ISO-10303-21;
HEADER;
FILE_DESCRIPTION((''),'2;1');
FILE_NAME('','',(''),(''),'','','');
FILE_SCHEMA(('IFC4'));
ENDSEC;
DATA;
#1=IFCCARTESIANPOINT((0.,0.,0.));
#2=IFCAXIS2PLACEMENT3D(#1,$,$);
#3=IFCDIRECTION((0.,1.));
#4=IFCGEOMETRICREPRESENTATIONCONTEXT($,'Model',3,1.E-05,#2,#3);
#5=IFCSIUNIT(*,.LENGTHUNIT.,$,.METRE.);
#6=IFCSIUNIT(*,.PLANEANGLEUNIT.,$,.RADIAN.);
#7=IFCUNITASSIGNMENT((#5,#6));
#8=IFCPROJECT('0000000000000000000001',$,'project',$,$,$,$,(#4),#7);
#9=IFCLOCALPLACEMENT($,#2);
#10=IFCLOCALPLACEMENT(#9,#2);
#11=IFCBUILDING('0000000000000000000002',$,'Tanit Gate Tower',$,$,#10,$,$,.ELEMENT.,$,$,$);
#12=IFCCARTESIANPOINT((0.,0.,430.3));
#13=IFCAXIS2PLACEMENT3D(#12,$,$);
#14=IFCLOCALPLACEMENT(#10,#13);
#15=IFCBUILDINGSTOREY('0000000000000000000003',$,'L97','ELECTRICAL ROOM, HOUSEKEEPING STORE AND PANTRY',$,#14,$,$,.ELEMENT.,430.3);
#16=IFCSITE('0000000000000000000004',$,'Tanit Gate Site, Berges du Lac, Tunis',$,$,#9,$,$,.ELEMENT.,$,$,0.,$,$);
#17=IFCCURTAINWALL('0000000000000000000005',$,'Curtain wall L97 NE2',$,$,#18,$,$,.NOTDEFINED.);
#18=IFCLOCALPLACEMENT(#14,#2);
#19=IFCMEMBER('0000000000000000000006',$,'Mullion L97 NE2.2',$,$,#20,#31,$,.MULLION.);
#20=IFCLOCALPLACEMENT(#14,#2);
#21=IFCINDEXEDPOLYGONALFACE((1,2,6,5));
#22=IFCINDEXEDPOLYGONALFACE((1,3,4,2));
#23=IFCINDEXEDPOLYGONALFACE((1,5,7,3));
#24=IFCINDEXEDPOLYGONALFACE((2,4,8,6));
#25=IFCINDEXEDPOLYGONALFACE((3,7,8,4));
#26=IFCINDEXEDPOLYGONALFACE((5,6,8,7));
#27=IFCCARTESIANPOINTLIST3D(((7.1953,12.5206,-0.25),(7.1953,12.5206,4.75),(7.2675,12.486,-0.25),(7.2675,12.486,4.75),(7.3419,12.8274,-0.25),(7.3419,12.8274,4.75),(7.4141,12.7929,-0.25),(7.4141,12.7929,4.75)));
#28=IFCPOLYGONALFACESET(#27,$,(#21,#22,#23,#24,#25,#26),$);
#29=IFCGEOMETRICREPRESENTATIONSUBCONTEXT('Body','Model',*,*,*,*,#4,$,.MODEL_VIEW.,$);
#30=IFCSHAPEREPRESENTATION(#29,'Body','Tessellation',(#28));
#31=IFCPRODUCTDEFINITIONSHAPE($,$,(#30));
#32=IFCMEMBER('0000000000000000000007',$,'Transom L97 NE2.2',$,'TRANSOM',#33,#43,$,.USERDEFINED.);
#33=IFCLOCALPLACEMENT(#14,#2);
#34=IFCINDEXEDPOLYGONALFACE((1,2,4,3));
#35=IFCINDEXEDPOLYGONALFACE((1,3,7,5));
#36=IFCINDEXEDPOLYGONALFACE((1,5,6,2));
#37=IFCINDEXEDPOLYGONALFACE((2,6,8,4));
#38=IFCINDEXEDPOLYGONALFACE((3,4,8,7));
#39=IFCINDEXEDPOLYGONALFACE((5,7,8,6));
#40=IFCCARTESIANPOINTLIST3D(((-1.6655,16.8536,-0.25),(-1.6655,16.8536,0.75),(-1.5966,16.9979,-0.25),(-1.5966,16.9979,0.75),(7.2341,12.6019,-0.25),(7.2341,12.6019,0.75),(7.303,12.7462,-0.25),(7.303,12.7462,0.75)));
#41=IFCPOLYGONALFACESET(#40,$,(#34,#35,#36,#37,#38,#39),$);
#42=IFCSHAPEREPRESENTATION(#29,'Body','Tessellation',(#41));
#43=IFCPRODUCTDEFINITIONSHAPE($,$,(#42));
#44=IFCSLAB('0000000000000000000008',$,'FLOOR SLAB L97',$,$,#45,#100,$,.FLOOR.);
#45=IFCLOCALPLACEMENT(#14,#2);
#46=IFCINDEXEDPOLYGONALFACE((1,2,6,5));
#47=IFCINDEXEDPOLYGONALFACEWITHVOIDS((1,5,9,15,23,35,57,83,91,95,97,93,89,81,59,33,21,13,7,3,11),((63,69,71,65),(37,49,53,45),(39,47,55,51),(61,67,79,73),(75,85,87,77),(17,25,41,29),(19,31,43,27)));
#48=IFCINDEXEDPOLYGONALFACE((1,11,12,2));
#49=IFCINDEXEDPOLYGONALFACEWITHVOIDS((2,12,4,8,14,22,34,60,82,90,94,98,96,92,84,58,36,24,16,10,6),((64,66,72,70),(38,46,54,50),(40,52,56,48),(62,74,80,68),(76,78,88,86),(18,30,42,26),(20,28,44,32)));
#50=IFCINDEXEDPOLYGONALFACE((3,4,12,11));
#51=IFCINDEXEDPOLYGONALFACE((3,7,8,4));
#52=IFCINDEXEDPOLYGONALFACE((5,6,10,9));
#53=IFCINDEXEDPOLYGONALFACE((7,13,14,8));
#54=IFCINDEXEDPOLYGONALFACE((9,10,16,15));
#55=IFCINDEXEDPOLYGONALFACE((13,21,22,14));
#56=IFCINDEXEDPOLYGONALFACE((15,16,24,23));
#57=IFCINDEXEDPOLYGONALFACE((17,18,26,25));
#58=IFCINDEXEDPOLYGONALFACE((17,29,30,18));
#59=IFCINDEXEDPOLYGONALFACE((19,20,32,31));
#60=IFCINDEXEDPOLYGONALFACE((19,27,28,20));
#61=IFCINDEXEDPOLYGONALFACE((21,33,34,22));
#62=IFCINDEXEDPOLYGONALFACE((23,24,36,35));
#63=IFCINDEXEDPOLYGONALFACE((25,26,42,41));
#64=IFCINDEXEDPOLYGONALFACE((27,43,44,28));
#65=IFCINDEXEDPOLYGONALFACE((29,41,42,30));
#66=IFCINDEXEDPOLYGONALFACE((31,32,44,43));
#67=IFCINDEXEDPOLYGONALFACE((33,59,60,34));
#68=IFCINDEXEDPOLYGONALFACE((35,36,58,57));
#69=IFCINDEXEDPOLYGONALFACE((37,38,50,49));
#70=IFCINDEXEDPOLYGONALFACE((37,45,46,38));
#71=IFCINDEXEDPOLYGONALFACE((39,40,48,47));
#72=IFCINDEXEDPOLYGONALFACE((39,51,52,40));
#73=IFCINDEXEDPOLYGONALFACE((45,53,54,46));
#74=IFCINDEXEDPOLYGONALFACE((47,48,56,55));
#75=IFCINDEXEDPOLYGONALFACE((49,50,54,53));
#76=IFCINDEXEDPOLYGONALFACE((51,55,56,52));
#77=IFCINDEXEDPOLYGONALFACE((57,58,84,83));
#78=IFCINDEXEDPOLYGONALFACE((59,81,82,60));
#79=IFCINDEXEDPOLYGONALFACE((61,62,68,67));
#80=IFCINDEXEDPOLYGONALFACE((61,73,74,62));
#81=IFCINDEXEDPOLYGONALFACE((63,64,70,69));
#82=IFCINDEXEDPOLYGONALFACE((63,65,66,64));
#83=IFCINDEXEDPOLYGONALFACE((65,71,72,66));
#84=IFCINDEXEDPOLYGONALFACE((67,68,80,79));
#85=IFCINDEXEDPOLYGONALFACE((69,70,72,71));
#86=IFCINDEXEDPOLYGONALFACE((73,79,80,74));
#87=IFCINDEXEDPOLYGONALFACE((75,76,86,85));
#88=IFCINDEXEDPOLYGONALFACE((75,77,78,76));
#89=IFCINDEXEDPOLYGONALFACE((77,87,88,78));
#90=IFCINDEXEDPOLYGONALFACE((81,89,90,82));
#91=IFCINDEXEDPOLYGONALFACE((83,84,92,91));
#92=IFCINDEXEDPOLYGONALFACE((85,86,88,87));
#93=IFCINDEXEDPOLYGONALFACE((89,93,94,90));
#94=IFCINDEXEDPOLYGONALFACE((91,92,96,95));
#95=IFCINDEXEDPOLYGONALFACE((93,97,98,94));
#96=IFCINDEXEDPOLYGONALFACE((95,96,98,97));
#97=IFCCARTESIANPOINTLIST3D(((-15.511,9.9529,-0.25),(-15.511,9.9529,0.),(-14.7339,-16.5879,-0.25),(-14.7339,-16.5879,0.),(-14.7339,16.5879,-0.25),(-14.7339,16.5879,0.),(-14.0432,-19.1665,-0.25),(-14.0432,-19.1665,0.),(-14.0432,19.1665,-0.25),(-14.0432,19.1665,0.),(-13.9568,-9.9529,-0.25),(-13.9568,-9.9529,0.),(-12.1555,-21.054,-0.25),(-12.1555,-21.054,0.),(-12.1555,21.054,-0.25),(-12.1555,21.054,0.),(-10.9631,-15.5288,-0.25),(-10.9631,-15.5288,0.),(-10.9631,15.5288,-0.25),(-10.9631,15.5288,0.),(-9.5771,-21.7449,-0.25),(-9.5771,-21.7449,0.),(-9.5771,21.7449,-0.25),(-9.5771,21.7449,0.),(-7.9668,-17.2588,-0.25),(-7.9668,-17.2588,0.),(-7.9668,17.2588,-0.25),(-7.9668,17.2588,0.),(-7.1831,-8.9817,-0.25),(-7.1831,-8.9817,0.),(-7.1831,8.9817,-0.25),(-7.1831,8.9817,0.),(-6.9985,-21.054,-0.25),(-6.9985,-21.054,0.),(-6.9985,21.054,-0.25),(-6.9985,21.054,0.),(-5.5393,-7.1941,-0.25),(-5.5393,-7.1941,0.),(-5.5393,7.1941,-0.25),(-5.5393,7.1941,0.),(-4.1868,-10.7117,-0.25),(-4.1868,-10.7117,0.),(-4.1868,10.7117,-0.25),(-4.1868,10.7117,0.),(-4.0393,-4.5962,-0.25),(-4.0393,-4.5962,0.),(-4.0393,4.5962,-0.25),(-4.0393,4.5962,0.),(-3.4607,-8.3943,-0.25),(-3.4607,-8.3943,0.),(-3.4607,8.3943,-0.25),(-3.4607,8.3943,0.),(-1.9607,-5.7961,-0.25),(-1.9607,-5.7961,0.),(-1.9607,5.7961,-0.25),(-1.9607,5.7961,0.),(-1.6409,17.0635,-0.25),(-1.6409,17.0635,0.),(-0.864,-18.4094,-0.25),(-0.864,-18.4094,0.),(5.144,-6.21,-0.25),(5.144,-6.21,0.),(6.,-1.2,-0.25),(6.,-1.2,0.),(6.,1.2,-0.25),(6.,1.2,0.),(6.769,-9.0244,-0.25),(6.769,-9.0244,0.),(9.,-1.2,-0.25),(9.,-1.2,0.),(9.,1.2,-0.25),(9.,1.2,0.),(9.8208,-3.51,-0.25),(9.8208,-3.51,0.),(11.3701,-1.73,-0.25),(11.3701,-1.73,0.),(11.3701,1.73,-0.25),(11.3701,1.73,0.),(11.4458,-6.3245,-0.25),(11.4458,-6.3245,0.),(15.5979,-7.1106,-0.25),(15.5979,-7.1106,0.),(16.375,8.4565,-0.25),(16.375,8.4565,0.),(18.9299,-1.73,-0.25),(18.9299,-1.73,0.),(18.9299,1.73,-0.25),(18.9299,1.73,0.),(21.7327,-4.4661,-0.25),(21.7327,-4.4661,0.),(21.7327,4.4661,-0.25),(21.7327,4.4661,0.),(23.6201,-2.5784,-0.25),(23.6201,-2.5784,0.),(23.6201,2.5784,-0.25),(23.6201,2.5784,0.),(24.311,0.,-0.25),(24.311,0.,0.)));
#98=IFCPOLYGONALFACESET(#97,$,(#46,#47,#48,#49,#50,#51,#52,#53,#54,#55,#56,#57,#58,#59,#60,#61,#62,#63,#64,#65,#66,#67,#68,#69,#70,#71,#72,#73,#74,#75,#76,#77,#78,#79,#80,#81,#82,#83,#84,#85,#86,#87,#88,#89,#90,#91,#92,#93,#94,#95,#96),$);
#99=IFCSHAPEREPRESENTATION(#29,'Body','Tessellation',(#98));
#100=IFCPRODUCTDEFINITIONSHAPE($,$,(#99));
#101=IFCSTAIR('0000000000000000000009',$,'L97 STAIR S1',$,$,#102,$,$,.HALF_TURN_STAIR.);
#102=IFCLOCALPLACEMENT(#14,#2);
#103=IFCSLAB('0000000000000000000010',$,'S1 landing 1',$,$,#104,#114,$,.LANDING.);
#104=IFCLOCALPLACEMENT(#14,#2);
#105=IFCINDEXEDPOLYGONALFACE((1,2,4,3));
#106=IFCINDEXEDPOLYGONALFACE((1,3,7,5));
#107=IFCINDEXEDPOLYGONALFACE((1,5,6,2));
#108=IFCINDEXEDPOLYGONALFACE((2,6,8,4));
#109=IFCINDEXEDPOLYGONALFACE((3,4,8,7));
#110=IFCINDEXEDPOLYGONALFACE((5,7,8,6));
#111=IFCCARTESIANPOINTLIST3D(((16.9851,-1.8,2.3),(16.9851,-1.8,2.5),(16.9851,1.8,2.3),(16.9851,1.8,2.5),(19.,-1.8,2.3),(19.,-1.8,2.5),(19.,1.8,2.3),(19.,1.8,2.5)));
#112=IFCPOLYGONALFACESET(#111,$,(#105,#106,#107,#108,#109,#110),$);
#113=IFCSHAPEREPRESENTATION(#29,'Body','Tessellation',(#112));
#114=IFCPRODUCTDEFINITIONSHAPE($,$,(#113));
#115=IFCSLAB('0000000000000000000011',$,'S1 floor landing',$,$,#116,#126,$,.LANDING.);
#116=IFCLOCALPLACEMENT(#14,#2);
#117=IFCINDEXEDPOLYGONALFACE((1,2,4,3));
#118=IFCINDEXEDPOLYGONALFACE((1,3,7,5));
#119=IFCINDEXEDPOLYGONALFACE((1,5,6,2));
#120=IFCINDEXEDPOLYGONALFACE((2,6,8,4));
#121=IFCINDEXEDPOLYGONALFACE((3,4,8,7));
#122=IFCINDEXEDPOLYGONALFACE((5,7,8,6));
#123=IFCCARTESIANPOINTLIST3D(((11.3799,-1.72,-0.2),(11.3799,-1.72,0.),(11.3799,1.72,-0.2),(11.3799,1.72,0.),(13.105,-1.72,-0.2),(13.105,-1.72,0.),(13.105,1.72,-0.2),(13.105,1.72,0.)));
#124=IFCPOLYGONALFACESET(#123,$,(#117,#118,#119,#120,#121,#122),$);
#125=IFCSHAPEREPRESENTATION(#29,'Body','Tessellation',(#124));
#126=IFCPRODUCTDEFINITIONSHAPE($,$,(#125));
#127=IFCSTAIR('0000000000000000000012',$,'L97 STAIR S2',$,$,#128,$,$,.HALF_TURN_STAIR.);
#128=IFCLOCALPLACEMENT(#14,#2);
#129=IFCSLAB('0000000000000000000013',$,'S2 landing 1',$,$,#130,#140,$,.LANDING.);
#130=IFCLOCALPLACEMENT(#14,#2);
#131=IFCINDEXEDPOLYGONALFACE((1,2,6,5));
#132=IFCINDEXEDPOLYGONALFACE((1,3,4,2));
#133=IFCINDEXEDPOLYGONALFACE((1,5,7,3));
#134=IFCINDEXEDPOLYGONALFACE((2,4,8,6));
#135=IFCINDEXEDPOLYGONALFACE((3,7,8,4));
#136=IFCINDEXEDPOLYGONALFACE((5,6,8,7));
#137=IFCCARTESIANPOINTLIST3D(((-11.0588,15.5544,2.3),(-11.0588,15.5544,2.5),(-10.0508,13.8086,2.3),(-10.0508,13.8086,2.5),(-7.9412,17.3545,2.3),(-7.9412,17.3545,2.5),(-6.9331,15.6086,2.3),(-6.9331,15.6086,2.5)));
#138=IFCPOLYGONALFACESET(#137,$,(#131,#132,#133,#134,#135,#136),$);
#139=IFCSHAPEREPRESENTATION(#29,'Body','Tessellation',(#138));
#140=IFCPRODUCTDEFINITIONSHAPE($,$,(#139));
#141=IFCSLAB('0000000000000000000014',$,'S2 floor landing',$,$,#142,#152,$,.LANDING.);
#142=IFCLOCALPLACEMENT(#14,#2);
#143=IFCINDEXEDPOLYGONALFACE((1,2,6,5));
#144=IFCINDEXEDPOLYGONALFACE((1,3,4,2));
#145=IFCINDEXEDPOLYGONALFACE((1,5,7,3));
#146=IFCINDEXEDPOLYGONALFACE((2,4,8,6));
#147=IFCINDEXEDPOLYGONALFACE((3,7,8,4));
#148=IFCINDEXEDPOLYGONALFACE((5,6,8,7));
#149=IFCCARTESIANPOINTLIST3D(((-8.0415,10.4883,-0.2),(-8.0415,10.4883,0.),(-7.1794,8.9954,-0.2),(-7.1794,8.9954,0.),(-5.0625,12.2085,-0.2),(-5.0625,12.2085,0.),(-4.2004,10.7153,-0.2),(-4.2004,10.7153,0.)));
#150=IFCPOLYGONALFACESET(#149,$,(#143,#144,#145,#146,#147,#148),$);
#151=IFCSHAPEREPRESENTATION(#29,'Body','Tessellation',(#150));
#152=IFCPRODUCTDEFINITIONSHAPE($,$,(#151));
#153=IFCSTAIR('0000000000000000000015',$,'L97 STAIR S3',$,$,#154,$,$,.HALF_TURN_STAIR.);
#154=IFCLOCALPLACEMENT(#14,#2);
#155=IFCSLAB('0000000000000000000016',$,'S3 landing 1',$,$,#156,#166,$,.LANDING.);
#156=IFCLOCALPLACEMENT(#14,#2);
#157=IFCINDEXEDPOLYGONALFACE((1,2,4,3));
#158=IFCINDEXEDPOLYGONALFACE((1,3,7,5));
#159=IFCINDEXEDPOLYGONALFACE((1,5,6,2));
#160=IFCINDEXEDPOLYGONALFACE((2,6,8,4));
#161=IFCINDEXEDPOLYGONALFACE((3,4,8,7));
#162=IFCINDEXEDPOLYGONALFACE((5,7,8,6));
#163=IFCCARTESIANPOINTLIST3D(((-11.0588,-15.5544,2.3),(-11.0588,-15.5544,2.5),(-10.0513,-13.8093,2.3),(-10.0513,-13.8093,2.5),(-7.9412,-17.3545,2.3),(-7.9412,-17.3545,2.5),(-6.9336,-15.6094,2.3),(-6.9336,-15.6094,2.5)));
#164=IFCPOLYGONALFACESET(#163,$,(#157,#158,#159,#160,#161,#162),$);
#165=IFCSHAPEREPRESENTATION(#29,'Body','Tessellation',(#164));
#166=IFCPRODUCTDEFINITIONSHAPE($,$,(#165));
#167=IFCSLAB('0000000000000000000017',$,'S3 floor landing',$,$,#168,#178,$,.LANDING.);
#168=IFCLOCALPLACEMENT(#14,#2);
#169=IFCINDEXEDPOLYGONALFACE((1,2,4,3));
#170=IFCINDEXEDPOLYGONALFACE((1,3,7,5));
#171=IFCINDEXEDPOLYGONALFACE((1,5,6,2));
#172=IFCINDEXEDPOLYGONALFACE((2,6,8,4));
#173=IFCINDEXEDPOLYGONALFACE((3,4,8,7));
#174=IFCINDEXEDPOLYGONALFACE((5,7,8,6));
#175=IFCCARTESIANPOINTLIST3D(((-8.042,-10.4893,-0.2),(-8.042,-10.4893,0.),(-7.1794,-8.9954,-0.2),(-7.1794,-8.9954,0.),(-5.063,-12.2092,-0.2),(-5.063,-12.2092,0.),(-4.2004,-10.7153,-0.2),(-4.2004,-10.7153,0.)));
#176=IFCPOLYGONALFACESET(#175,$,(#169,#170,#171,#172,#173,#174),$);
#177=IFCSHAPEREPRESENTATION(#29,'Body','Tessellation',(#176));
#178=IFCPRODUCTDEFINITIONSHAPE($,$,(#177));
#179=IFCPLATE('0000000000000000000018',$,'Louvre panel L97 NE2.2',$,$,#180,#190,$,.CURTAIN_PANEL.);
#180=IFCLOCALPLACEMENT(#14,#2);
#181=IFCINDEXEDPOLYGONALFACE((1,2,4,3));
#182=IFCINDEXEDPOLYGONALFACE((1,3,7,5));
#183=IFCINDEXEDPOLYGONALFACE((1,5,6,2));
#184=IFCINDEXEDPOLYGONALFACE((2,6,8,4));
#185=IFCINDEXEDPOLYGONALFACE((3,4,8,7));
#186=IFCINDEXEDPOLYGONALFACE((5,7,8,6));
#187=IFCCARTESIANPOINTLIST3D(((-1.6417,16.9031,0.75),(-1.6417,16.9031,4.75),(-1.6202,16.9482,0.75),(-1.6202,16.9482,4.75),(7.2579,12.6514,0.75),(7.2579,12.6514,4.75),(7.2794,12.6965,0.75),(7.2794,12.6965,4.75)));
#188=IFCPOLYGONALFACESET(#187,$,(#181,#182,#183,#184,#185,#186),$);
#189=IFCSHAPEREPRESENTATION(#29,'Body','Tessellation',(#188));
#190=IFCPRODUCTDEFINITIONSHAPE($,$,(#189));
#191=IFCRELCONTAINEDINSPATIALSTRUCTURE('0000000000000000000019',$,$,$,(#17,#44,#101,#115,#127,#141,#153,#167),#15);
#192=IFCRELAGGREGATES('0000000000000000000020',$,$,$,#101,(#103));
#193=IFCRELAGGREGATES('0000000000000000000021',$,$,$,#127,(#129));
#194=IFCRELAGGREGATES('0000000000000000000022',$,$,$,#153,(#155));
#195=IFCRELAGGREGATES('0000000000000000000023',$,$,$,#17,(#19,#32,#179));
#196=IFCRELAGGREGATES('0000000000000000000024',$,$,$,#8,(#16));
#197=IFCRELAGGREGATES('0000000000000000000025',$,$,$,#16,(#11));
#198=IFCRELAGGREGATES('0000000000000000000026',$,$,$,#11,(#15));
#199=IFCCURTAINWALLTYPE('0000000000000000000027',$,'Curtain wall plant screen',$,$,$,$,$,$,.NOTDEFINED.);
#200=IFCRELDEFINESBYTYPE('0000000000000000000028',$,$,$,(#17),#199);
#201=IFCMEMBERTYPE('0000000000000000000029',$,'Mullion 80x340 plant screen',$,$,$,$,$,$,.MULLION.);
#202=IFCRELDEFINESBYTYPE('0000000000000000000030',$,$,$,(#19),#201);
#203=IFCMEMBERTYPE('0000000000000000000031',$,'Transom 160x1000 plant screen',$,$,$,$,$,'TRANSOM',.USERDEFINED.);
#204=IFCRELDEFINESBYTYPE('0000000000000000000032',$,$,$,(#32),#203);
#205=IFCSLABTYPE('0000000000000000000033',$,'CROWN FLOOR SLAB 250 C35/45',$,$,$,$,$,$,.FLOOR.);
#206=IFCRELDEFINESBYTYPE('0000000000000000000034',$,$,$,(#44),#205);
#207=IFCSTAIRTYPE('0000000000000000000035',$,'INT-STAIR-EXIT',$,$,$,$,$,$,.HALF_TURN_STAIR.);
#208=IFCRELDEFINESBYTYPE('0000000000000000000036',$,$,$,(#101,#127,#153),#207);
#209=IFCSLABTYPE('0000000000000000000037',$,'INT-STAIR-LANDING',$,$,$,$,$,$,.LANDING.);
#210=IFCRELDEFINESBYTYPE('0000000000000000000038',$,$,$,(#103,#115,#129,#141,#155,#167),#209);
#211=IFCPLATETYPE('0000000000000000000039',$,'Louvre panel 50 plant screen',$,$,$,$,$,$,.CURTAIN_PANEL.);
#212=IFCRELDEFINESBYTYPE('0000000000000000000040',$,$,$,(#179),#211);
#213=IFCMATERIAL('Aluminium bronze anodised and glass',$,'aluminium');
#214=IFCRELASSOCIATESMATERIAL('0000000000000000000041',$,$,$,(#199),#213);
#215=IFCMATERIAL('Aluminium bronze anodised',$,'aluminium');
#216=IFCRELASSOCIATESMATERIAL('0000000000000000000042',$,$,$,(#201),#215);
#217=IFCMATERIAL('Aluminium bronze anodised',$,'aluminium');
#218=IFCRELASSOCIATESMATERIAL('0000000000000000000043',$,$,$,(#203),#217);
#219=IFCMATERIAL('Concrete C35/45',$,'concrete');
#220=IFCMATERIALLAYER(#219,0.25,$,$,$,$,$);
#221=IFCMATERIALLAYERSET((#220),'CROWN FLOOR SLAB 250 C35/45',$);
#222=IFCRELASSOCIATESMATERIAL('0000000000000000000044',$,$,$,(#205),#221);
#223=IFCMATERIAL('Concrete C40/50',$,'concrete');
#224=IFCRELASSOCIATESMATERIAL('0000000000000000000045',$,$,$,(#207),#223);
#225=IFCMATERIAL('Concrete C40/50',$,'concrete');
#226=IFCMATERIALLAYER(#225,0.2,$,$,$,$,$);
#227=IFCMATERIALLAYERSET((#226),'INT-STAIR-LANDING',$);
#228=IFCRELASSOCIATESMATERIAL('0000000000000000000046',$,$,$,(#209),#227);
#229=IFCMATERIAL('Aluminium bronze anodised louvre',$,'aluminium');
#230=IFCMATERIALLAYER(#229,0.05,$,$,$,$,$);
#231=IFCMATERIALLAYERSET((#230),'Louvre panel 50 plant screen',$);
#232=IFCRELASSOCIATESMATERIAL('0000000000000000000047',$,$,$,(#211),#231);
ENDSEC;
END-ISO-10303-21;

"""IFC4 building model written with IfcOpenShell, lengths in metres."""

from ifc_helpers import new_model, si_unit, direction, frame, origin, origin_2d, place, context, subcontext, project, spatial, polyline, rectangle, outline, extrude, material, layer, layer_set, material_profile, profile_set, type_object, element, aggregate, save


model = new_model("IFC4")

# Units and contexts
model_context = context("Model", 3, precision=1e-05, world=origin(), true_north=direction((0.0, 1.0)))
body_context = subcontext(model_context, "Body", "Model", "MODEL_VIEW")
ifc_project = project(units=[si_unit("LENGTHUNIT", "METRE"), si_unit("PLANEANGLEUNIT", "RADIAN")], contexts=[model_context])

# Site, building, storey
site_placement = place(None, origin())
site = spatial("IfcSite", under=ifc_project, at=site_placement, Name="Tanit Gate Site, Berges du Lac, Tunis", CompositionType="ELEMENT", RefElevation=0.0)
building_placement = place(site_placement, origin())
building = spatial("IfcBuilding", under=site, at=building_placement, Name="Tanit Gate Tower", CompositionType="ELEMENT")
storey_placement = place(building_placement, frame((0.0, 0.0, 430.3)))
storey = spatial("IfcBuildingStorey", under=building, at=storey_placement, Name="L97", Description="ELECTRICAL ROOM, HOUSEKEEPING STORE AND PANTRY", CompositionType="ELEMENT", Elevation=430.3)

# Curtain wall, members
ifc_material_1 = material(Name="Aluminium bronze anodised and glass", Category="aluminium")
curtain_wall_type = type_object("IfcCurtainWallType", Name="Curtain wall plant screen", PredefinedType="NOTDEFINED", material=ifc_material_1)
curtain_wall_placement = place(storey_placement, origin())
curtain_wall = element("IfcCurtainWall", 1, at=curtain_wall_placement, inside=storey, type_object=curtain_wall_type, Name="Curtain wall L97 NE2", PredefinedType="NOTDEFINED")
ifc_material_2 = material(Name="Aluminium bronze anodised", Category="aluminium")
ifc_material_profile_1 = material_profile(ifc_material_2, rectangle(XDim=0.3401, YDim=0.0801, at=origin_2d()), Name="80x340 bronze mullion")
ifc_profile_set_1 = profile_set([ifc_material_profile_1], Name="Aluminium bronze anodised")
member_type_1 = type_object("IfcMemberType", Name="Mullion 80x340 plant screen", PredefinedType="MULLION", material=ifc_profile_set_1)
member_1_placement = place(storey_placement, frame((7.3047, 12.6567, -0.25), z_axis=(0.0, 0.0, 1.0), x_axis=(-0.431073, -0.902317, 0.0)))
member_1 = element("IfcMember", 2, at=member_1_placement, type_object=member_type_1, Name="Mullion L97 NE2.2", PredefinedType="MULLION", context=body_context, shape_type="SweptSolid", body=[
    extrude(rectangle(XDim=0.3401, YDim=0.0801, at=origin_2d()), origin(), (0.0, 0.0, 1.0), 5.0),
])
ifc_material_3 = material(Name="Aluminium bronze anodised", Category="aluminium")
ifc_material_profile_2 = material_profile(ifc_material_3, rectangle(XDim=0.1599, YDim=1.0, at=origin_2d()), Name="160x1000 bronze transom")
ifc_profile_set_2 = profile_set([ifc_material_profile_2], Name="Aluminium bronze anodised")
member_type_2 = type_object("IfcMemberType", Name="Transom 160x1000 plant screen", ElementType="TRANSOM", PredefinedType="USERDEFINED", material=ifc_profile_set_2)
member_2_placement = place(storey_placement, frame((7.2686, 12.6741, 0.25), z_axis=(-0.902318, 0.431072, 0.0), x_axis=(-0.431072, -0.902318, 0.0)))
member_2 = element("IfcMember", 3, at=member_2_placement, type_object=member_type_2, Name="Transom L97 NE2.2", ObjectType="TRANSOM", PredefinedType="USERDEFINED", context=body_context, shape_type="SweptSolid", body=[
    extrude(rectangle(XDim=0.1599, YDim=1.0, at=origin_2d()), origin(), (0.0, 0.0, 1.0), 9.863),
])

# Slab
ifc_material_4 = material(Name="Concrete C35/45", Category="concrete")
ifc_layer_1 = layer(ifc_material_4, 0.25)
ifc_layer_set_1 = layer_set([ifc_layer_1], Name="CROWN FLOOR SLAB 250 C35/45")
slab_type_1 = type_object("IfcSlabType", Name="CROWN FLOOR SLAB 250 C35/45", PredefinedType="FLOOR", material=ifc_layer_set_1)
slab_1_placement = place(storey_placement, frame((0.0, 0.0, -0.25)))
element("IfcSlab", 4, at=slab_1_placement, inside=storey, type_object=slab_type_1, Name="FLOOR SLAB L97", PredefinedType="FLOOR", context=body_context, shape_type="SweptSolid", body=[
    extrude(outline(polyline([(21.7327, 4.4661), (23.6201, 2.5784), (24.311, 0.0), (23.6201, -2.5784), (21.7327, -4.4661), (15.5979, -7.1106), (-0.864, -18.4094), (-6.9985, -21.054), (-9.5771, -21.7449), (-12.1555, -21.054), (-14.0432, -19.1665), (-14.7339, -16.5879), (-13.9568, -9.9529), (-15.511, 9.9529), (-14.7339, 16.5879), (-14.0432, 19.1665), (-12.1555, 21.054), (-9.5771, 21.7449), (-6.9985, 21.054), (-1.6409, 17.0635), (16.375, 8.4565), (21.7327, 4.4661)]), holes=[polyline([(11.3701, -1.73), (11.3701, 1.73), (18.9299, 1.73), (18.9299, -1.73), (11.3701, -1.73)]), polyline([(9.8208, -3.51), (11.4458, -6.3245), (6.769, -9.0244), (5.144, -6.21), (9.8208, -3.51)]), polyline([(6.0, -1.2), (6.0, 1.2), (9.0, 1.2), (9.0, -1.2), (6.0, -1.2)]), polyline([(-1.9607, 5.7961), (-4.0393, 4.5962), (-5.5393, 7.1941), (-3.4607, 8.3943), (-1.9607, 5.7961)]), polyline([(-4.0393, -4.5962), (-1.9607, -5.7961), (-3.4607, -8.3943), (-5.5393, -7.1941), (-4.0393, -4.5962)]), polyline([(-4.1868, 10.7117), (-7.1831, 8.9817), (-10.9631, 15.5288), (-7.9668, 17.2588), (-4.1868, 10.7117)]), polyline([(-7.1831, -8.9817), (-4.1868, -10.7117), (-7.9668, -17.2588), (-10.9631, -15.5288), (-7.1831, -8.9817)])]), origin(), (0.0, 0.0, 1.0), 0.25),
])

# Stair, slab
ifc_material_5 = material(Name="Concrete C40/50", Category="concrete")
stair_type = type_object("IfcStairType", Name="INT-STAIR-EXIT", PredefinedType="HALF_TURN_STAIR", material=ifc_material_5)
stair_1_placement = place(storey_placement, origin())
stair_1 = element("IfcStair", 5, at=stair_1_placement, inside=storey, type_object=stair_type, Name="L97 STAIR S1", PredefinedType="HALF_TURN_STAIR")
ifc_material_6 = material(Name="Concrete C40/50", Category="concrete")
ifc_layer_2 = layer(ifc_material_6, 0.2)
ifc_layer_set_2 = layer_set([ifc_layer_2], Name="INT-STAIR-LANDING")
slab_type_2 = type_object("IfcSlabType", Name="INT-STAIR-LANDING", PredefinedType="LANDING", material=ifc_layer_set_2)
slab_2_placement = place(storey_placement, frame((0.0, 0.0, 2.3)))
slab_2 = element("IfcSlab", 6, at=slab_2_placement, type_object=slab_type_2, Name="S1 landing 1", PredefinedType="LANDING", context=body_context, shape_type="SweptSolid", body=[
    extrude(outline(polyline([(16.9851, -1.8), (19.0, -1.8), (19.0, 1.8), (16.9851, 1.8), (16.9851, -1.8)])), origin(), (0.0, 0.0, 1.0), 0.2),
])
aggregate(stair_1, [slab_2])

# Slab
slab_3_placement = place(storey_placement, frame((0.0, 0.0, -0.2)))
element("IfcSlab", 7, at=slab_3_placement, inside=storey, type_object=slab_type_2, Name="S1 floor landing", PredefinedType="LANDING", context=body_context, shape_type="SweptSolid", body=[
    extrude(outline(polyline([(11.3799, -1.72), (13.105, -1.72), (13.105, 1.72), (11.3799, 1.72), (11.3799, -1.72)])), origin(), (0.0, 0.0, 1.0), 0.2),
])

# Stair, slab
stair_2_placement = place(storey_placement, origin())
stair_2 = element("IfcStair", 8, at=stair_2_placement, inside=storey, type_object=stair_type, Name="L97 STAIR S2", PredefinedType="HALF_TURN_STAIR")
slab_4_placement = place(storey_placement, frame((0.0, 0.0, 2.3)))
slab_4 = element("IfcSlab", 9, at=slab_4_placement, type_object=slab_type_2, Name="S2 landing 1", PredefinedType="LANDING", context=body_context, shape_type="SweptSolid", body=[
    extrude(outline(polyline([(-6.9331, 15.6086), (-7.9412, 17.3545), (-11.0588, 15.5544), (-10.0508, 13.8086), (-6.9331, 15.6086)])), origin(), (0.0, 0.0, 1.0), 0.2),
])
aggregate(stair_2, [slab_4])

# Slab
slab_5_placement = place(storey_placement, frame((0.0, 0.0, -0.2)))
element("IfcSlab", 10, at=slab_5_placement, inside=storey, type_object=slab_type_2, Name="S2 floor landing", PredefinedType="LANDING", context=body_context, shape_type="SweptSolid", body=[
    extrude(outline(polyline([(-4.2004, 10.7153), (-5.0625, 12.2085), (-8.0415, 10.4883), (-7.1794, 8.9954), (-4.2004, 10.7153)])), origin(), (0.0, 0.0, 1.0), 0.2),
])

# Stair, slab
stair_3_placement = place(storey_placement, origin())
stair_3 = element("IfcStair", 11, at=stair_3_placement, inside=storey, type_object=stair_type, Name="L97 STAIR S3", PredefinedType="HALF_TURN_STAIR")
slab_6_placement = place(storey_placement, frame((0.0, 0.0, 2.3)))
slab_6 = element("IfcSlab", 12, at=slab_6_placement, type_object=slab_type_2, Name="S3 landing 1", PredefinedType="LANDING", context=body_context, shape_type="SweptSolid", body=[
    extrude(outline(polyline([(-10.0513, -13.8093), (-11.0588, -15.5544), (-7.9412, -17.3545), (-6.9336, -15.6094), (-10.0513, -13.8093)])), origin(), (0.0, 0.0, 1.0), 0.2),
])
aggregate(stair_3, [slab_6])

# Slab
slab_7_placement = place(storey_placement, frame((0.0, 0.0, -0.2)))
element("IfcSlab", 13, at=slab_7_placement, inside=storey, type_object=slab_type_2, Name="S3 floor landing", PredefinedType="LANDING", context=body_context, shape_type="SweptSolid", body=[
    extrude(outline(polyline([(-7.1794, -8.9954), (-8.042, -10.4893), (-5.063, -12.2092), (-4.2004, -10.7153), (-7.1794, -8.9954)])), origin(), (0.0, 0.0, 1.0), 0.2),
])

# Plate
ifc_material_7 = material(Name="Aluminium bronze anodised louvre", Category="aluminium")
ifc_layer_3 = layer(ifc_material_7, 0.05)
ifc_layer_set_3 = layer_set([ifc_layer_3], Name="Louvre panel 50 plant screen")
plate_type = type_object("IfcPlateType", Name="Louvre panel 50 plant screen", PredefinedType="CURTAIN_PANEL", material=ifc_layer_set_3)
plate_placement = place(storey_placement, frame((2.8188, 14.7998, 0.75), z_axis=(0.0, 0.0, 1.0), x_axis=(-0.902317, 0.431073, 0.0)))
plate = element("IfcPlate", 14, at=plate_placement, type_object=plate_type, Name="Louvre panel L97 NE2.2", PredefinedType="CURTAIN_PANEL", context=body_context, shape_type="SweptSolid", body=[
    extrude(rectangle(XDim=9.863, YDim=0.05, at=origin_2d()), origin(), (0.0, 0.0, 1.0), 4.0),
])
aggregate(curtain_wall, [member_1, member_2, plate])

save(model, "model.ifc")
